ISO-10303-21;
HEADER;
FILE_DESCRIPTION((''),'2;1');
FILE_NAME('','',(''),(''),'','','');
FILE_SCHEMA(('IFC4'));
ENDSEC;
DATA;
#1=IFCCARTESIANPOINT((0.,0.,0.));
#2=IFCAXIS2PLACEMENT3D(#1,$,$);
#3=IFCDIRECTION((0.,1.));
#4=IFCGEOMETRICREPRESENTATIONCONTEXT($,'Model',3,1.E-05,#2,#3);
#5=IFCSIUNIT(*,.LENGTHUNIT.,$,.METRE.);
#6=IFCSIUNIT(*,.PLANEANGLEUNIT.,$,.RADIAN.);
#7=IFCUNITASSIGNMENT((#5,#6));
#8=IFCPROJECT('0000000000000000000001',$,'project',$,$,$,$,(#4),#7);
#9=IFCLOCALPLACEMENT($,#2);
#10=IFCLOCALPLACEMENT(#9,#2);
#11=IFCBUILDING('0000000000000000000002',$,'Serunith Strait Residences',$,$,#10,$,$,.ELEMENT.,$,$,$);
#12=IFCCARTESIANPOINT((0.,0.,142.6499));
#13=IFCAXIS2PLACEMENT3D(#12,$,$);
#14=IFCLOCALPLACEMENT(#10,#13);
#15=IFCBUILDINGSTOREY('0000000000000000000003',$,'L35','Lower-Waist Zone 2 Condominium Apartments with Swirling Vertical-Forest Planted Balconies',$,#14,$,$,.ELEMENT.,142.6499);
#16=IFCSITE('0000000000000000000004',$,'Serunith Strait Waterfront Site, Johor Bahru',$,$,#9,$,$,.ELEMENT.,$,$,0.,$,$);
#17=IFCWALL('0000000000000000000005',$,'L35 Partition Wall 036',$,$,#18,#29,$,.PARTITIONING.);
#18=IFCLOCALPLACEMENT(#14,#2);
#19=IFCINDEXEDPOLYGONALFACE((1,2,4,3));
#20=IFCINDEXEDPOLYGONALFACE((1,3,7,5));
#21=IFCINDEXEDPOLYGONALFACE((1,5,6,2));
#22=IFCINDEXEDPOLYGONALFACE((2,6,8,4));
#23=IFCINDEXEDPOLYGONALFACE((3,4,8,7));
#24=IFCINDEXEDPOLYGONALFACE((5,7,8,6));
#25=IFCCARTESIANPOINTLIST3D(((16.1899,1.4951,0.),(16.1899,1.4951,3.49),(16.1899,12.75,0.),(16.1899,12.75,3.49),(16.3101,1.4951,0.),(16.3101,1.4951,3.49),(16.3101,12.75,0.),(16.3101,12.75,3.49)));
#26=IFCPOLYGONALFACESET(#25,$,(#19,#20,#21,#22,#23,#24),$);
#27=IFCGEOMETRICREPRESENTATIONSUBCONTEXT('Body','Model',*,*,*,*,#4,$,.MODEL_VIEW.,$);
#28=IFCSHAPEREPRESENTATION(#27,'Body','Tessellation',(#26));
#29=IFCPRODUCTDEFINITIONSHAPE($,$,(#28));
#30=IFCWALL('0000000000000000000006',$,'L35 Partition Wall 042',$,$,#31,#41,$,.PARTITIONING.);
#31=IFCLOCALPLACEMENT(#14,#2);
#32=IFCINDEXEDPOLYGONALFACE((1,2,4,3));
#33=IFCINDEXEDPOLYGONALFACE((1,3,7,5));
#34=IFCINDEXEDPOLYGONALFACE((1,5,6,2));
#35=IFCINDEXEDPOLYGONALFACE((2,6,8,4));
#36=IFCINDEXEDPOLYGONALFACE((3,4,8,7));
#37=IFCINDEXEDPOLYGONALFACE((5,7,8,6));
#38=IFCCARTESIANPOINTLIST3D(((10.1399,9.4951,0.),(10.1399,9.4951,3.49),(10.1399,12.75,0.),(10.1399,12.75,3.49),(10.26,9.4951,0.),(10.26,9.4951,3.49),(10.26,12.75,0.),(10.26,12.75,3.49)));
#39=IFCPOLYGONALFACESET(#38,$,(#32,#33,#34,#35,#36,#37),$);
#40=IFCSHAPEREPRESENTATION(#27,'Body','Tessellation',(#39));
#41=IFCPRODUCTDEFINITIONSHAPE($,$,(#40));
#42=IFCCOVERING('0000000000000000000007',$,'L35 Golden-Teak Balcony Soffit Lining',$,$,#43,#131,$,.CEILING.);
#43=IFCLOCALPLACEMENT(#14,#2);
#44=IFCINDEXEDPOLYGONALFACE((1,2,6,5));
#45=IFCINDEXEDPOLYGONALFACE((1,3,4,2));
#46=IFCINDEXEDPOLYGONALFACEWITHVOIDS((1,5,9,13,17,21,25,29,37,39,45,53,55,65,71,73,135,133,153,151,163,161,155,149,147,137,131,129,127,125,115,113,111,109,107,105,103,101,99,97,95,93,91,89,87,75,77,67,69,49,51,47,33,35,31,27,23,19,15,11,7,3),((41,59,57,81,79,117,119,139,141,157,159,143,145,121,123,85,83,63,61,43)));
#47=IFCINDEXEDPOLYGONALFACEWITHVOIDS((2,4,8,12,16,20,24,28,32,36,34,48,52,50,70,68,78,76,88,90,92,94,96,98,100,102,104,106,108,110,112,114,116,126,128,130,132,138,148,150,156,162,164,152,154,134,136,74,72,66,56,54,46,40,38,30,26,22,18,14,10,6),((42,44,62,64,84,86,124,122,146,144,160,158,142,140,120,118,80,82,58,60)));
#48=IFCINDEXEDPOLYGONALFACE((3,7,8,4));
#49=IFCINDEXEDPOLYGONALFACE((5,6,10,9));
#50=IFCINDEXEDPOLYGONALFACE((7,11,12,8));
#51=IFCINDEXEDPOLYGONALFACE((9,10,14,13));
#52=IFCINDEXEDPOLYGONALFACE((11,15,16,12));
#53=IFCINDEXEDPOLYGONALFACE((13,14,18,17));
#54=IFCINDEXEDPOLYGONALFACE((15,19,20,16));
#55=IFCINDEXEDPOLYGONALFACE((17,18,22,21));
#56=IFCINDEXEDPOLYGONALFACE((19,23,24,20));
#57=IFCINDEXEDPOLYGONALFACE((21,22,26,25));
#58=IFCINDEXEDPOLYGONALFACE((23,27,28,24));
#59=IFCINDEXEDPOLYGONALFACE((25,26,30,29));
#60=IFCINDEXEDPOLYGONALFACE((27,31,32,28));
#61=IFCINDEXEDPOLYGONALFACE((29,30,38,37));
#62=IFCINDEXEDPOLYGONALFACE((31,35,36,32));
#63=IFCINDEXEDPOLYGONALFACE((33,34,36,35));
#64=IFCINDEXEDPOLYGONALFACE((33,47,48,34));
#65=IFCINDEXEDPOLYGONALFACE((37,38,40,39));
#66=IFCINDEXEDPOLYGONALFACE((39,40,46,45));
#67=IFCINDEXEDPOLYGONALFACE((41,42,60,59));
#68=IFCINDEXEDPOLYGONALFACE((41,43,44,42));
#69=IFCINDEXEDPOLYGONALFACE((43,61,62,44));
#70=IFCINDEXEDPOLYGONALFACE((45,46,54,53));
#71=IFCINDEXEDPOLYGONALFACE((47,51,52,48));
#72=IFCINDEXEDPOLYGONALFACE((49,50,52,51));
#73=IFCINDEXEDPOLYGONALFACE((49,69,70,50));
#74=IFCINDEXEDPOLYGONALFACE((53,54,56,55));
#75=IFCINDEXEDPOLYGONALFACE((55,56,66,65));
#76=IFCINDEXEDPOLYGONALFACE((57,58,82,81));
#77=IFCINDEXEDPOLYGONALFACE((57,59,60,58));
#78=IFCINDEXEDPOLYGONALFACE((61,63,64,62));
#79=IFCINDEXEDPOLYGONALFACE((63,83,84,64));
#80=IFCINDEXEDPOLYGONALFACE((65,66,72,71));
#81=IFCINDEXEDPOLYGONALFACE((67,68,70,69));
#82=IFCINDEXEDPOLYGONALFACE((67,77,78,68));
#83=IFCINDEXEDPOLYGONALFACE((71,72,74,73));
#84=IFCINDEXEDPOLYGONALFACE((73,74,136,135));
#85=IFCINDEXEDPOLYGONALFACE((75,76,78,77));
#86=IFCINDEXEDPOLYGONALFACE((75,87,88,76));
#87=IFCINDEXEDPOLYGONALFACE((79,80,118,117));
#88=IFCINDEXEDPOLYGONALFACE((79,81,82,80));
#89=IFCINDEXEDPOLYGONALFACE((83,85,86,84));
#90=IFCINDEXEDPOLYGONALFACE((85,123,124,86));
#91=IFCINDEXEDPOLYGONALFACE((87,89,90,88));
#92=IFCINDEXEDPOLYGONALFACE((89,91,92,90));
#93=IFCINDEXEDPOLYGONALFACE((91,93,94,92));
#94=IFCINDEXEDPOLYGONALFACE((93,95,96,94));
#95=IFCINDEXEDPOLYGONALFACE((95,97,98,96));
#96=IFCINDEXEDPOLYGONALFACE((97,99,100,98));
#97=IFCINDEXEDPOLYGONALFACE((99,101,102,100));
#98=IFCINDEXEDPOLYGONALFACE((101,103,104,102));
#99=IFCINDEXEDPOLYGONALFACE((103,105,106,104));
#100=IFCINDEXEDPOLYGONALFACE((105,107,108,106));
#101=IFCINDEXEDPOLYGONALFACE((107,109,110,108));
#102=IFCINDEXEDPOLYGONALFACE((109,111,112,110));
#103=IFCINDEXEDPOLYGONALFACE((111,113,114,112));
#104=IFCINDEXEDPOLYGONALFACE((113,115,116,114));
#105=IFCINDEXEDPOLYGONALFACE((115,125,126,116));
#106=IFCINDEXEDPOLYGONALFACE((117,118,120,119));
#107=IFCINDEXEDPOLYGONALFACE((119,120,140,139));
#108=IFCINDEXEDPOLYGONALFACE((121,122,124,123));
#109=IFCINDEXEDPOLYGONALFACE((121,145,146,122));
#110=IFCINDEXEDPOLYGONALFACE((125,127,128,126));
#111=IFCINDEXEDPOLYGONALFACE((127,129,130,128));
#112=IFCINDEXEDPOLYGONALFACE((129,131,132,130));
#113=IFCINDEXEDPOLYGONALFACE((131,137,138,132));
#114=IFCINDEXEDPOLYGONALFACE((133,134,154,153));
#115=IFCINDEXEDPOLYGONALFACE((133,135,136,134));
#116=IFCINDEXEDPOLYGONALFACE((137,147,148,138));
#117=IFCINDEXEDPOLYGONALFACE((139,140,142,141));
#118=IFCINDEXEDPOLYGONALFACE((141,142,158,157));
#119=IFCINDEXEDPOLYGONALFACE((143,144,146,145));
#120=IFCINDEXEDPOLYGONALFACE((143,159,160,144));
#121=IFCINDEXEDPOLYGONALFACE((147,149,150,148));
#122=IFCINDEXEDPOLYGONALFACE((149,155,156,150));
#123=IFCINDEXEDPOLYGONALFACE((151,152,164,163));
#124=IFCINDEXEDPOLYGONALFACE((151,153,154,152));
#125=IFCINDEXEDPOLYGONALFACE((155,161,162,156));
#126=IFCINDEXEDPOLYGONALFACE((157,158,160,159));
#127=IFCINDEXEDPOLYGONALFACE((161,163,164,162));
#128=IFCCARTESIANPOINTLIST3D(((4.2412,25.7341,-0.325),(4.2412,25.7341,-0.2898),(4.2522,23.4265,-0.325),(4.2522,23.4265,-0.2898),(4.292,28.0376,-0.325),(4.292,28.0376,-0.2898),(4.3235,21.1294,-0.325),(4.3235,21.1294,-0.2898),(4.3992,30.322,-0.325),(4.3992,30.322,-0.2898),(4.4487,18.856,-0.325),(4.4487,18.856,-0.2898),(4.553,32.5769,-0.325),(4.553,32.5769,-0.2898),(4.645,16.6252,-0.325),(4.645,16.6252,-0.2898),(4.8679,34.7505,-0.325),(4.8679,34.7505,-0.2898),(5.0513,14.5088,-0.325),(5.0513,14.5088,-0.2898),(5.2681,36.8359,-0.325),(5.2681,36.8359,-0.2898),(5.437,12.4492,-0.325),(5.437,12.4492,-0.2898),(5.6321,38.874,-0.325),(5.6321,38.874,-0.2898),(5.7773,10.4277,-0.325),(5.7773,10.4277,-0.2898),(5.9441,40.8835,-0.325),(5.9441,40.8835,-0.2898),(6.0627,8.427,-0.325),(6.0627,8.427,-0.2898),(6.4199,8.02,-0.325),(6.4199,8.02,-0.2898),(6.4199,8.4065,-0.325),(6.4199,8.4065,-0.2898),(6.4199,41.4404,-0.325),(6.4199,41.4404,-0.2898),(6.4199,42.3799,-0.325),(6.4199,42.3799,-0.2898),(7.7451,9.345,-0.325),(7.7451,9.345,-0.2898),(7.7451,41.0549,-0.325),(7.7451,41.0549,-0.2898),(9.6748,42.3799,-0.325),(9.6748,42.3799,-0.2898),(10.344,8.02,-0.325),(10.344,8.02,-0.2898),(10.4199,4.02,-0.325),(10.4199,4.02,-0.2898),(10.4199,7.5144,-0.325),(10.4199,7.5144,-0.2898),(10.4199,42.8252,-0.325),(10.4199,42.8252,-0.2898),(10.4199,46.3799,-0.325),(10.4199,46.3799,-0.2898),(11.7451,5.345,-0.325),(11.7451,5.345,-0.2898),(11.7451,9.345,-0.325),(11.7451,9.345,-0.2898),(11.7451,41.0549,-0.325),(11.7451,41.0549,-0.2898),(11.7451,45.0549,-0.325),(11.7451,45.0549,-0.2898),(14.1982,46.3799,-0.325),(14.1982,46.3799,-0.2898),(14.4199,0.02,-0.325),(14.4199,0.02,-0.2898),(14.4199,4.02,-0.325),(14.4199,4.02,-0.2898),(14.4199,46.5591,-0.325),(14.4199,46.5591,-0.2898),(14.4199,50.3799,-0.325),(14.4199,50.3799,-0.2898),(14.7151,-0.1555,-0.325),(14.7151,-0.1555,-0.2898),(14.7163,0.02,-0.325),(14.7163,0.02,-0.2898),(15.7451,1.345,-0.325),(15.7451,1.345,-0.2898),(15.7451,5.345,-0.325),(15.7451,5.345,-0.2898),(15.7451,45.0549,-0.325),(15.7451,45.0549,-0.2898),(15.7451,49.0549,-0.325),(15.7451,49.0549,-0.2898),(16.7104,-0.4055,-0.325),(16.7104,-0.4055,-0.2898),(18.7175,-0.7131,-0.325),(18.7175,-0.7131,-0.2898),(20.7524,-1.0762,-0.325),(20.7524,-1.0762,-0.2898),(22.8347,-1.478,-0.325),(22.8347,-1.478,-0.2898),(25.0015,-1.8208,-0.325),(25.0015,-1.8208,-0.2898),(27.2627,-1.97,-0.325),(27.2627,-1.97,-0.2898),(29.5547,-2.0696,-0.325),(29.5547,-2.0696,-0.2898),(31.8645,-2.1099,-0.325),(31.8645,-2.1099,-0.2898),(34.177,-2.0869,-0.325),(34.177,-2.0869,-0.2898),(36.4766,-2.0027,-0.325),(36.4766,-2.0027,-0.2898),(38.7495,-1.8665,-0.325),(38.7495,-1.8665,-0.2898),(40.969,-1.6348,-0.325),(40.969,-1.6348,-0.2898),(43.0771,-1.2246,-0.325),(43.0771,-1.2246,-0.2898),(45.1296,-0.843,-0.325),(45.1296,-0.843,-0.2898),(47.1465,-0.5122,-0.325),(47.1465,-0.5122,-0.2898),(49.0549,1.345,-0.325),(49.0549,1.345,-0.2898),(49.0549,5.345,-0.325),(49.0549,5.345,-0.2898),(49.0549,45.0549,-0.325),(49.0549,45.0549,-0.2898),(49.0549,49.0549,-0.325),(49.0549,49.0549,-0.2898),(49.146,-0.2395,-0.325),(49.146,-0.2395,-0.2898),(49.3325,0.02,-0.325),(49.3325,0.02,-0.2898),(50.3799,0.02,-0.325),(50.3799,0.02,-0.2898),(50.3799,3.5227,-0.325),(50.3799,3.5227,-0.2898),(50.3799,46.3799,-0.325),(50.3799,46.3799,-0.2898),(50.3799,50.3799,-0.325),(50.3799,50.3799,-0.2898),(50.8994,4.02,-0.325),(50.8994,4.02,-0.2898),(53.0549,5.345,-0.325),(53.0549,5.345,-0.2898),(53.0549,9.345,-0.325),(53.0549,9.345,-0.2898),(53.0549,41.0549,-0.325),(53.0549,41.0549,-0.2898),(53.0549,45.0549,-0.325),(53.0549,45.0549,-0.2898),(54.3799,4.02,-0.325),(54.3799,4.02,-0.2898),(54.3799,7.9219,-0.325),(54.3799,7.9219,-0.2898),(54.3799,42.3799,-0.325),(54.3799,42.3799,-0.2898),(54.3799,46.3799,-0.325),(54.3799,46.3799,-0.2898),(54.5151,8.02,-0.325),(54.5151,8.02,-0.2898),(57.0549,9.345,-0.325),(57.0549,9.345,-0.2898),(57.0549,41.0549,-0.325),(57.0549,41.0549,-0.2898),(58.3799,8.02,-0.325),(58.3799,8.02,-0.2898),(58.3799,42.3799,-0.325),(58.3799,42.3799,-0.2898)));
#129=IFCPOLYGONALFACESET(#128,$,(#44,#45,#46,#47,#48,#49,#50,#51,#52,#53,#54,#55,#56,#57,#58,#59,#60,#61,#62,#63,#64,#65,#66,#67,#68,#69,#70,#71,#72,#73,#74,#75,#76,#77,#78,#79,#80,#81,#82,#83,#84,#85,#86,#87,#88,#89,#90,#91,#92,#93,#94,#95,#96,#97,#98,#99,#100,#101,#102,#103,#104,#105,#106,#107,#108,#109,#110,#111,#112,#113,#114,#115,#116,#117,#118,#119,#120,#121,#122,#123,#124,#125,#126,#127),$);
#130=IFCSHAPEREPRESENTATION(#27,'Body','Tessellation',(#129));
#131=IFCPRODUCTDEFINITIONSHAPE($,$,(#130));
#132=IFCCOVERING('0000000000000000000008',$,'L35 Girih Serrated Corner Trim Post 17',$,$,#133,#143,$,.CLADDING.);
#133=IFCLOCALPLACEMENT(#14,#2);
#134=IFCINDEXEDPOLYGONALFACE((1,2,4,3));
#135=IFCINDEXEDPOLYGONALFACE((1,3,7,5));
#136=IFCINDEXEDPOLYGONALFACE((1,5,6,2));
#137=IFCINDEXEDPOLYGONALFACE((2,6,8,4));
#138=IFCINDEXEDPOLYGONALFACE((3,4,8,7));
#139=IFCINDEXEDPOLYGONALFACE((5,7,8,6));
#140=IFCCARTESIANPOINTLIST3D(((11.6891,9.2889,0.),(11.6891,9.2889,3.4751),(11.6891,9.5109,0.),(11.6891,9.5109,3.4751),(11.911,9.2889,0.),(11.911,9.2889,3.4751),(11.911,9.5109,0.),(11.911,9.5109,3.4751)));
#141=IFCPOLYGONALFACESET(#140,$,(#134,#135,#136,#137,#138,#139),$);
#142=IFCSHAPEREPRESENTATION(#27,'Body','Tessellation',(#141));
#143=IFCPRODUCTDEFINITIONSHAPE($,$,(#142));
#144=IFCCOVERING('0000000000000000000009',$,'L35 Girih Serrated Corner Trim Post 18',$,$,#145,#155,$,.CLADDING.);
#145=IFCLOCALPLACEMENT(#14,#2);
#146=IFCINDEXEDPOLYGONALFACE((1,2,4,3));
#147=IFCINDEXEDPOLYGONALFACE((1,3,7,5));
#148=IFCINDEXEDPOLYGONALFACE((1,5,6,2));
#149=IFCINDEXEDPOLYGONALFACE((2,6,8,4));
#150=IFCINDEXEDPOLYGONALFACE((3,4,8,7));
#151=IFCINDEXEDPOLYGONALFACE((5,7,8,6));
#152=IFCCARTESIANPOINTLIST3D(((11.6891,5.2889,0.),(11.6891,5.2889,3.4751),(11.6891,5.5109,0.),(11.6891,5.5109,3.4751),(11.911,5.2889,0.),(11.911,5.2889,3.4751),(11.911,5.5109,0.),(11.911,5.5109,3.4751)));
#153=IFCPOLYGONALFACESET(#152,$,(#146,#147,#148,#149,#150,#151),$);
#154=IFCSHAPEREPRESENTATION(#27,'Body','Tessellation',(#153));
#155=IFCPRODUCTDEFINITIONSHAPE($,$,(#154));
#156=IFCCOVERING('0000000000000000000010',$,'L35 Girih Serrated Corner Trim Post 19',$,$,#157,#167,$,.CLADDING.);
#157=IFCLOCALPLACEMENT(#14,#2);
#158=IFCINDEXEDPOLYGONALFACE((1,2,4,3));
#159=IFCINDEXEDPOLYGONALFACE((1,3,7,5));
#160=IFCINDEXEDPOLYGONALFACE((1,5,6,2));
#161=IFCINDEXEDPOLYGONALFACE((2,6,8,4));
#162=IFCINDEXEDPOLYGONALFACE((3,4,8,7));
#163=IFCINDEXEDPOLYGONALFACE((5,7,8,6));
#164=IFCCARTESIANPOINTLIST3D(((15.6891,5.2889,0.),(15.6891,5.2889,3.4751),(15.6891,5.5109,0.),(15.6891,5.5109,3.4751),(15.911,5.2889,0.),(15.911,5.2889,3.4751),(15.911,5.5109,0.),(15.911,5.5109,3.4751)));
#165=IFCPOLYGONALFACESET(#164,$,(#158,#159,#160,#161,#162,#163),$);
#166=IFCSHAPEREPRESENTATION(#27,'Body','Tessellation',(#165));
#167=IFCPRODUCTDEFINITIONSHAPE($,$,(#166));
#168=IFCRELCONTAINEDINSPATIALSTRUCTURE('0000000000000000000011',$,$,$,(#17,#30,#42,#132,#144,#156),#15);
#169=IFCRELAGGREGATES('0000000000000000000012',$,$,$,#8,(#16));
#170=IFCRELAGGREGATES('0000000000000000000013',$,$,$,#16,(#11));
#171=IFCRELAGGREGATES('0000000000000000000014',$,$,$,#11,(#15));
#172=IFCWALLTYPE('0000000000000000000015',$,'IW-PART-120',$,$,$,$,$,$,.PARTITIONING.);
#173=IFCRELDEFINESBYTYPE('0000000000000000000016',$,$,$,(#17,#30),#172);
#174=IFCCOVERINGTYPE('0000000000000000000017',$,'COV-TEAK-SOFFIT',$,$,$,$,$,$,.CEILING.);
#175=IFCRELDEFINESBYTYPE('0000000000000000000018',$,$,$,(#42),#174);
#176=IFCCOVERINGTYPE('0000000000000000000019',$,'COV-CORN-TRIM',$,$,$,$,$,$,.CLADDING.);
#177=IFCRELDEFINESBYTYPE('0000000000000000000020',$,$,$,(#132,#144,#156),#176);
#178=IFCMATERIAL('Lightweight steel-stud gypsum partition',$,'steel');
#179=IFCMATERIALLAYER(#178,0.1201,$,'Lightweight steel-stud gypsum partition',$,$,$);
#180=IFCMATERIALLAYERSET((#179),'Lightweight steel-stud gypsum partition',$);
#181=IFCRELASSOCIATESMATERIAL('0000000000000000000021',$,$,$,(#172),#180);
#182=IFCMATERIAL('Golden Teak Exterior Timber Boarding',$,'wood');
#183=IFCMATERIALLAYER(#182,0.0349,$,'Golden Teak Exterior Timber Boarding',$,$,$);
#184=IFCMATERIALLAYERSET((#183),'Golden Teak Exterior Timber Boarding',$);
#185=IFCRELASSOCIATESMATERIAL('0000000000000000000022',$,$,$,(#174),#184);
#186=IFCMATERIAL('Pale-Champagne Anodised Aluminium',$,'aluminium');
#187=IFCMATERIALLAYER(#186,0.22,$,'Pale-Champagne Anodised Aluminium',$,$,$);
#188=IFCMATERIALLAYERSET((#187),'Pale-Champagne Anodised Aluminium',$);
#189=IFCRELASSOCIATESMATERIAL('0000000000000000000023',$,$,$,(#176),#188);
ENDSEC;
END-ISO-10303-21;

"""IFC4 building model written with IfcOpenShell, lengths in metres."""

from ifc_helpers import new_model, si_unit, direction, frame, frame_2d, origin, origin_2d, place, context, subcontext, project, spatial, polyline, rectangle, outline, extrude, source, transform, mapped, material, layer, layer_set, type_object, element, save


model = new_model("IFC4")

# Units and contexts
model_context = context("Model", 3, precision=1e-05, world=origin(), true_north=direction((0.0, 1.0)))
body_context = subcontext(model_context, "Body", "Model", "MODEL_VIEW")
ifc_project = project(units=[si_unit("LENGTHUNIT", "METRE"), si_unit("PLANEANGLEUNIT", "RADIAN")], contexts=[model_context])

# Site, building, storey
site_placement = place(None, origin())
site = spatial("IfcSite", under=ifc_project, at=site_placement, Name="Serunith Strait Waterfront Site, Johor Bahru", CompositionType="ELEMENT", RefElevation=0.0)
building_placement = place(site_placement, origin())
building = spatial("IfcBuilding", under=site, at=building_placement, Name="Serunith Strait Residences", CompositionType="ELEMENT")
storey_placement = place(building_placement, frame((0.0, 0.0, 142.6499)))
storey = spatial("IfcBuildingStorey", under=building, at=storey_placement, Name="L35", Description="Lower-Waist Zone 2 Condominium Apartments with Swirling Vertical-Forest Planted Balconies", CompositionType="ELEMENT", Elevation=142.6499)

# Shared definitions
ifc_material_1 = material(Name="Pale-Champagne Anodised Aluminium", Category="aluminium")

# Walls
ifc_material_2 = material(Name="Lightweight steel-stud gypsum partition", Category="steel")
ifc_layer_1 = layer(ifc_material_2, 0.1201, Name="Lightweight steel-stud gypsum partition")
ifc_layer_set_1 = layer_set([ifc_layer_1], Name="Lightweight steel-stud gypsum partition")
wall_type_1 = type_object("IfcWallType", Name="IW-PART-120", PredefinedType="PARTITIONING", material=ifc_layer_set_1)
wall_1_placement = place(storey_placement, frame((16.25, 1.4951, 0.0), z_axis=(0.0, 0.0, 1.0), x_axis=(0.0, 1.0, 0.0)))
element("IfcWall", 1, at=wall_1_placement, inside=storey, type_object=wall_type_1, Name="L35 Partition Wall 036", PredefinedType="PARTITIONING", context=body_context, shape_type="SweptSolid", body=[
    extrude(rectangle(XDim=11.2549, YDim=0.1201, at=frame_2d((5.6274, 0.0))), origin(), (0.0, 0.0, 1.0), 3.49),
])
wall_2_placement = place(storey_placement, frame((10.2, 9.4951, 0.0), z_axis=(0.0, 0.0, 1.0), x_axis=(0.0, 1.0, 0.0)))
element("IfcWall", 2, at=wall_2_placement, inside=storey, type_object=wall_type_1, Name="L35 Partition Wall 042", PredefinedType="PARTITIONING", context=body_context, shape_type="SweptSolid", body=[
    extrude(rectangle(XDim=3.2549, YDim=0.1201, at=frame_2d((1.6274, 0.0))), origin(), (0.0, 0.0, 1.0), 3.49),
])

# Covering
ifc_material_3 = material(Name="Golden Teak Exterior Timber Boarding", Category="wood")
ifc_layer_2 = layer(ifc_material_3, 0.0349, Name="Golden Teak Exterior Timber Boarding")
ifc_layer_set_2 = layer_set([ifc_layer_2], Name="Golden Teak Exterior Timber Boarding")
covering_type_1 = type_object("IfcCoveringType", Name="COV-TEAK-SOFFIT", PredefinedType="CEILING", material=ifc_layer_set_2)
covering_placement = place(storey_placement, frame((0.0, 0.0, -0.325)))
element("IfcCovering", 3, at=covering_placement, inside=storey, type_object=covering_type_1, Name="L35 Golden-Teak Balcony Soffit Lining", PredefinedType="CEILING", context=body_context, shape_type="SweptSolid", body=[
    extrude(outline(polyline([(14.4199, 0.02), (14.4199, 4.02), (10.4199, 4.02), (10.4199, 7.5144), (10.344, 8.02), (6.4199, 8.02), (6.4199, 8.4065), (6.0627, 8.427), (5.7773, 10.4277), (5.437, 12.4492), (5.0513, 14.5088), (4.645, 16.6252), (4.4487, 18.856), (4.3235, 21.1294), (4.2522, 23.4265), (4.2412, 25.7341), (4.292, 28.0376), (4.3992, 30.322), (4.553, 32.5769), (4.8679, 34.7505), (5.2681, 36.8359), (5.6321, 38.874), (5.9441, 40.8835), (6.4199, 41.4404), (6.4199, 42.3799), (9.6748, 42.3799), (10.4199, 42.8252), (10.4199, 46.3799), (14.1982, 46.3799), (14.4199, 46.5591), (14.4199, 50.3799), (50.3799, 50.3799), (50.3799, 46.3799), (54.3799, 46.3799), (54.3799, 42.3799), (58.3799, 42.3799), (58.3799, 8.02), (54.5151, 8.02), (54.3799, 7.9219), (54.3799, 4.02), (50.8994, 4.02), (50.3799, 3.5227), (50.3799, 0.02), (49.3325, 0.02), (49.146, -0.2395), (47.1465, -0.5122), (45.1296, -0.843), (43.0771, -1.2246), (40.969, -1.6348), (38.7495, -1.8665), (36.4766, -2.0027), (34.177, -2.0869), (31.8645, -2.1099), (29.5547, -2.0696), (27.2627, -1.97), (25.0015, -1.8208), (22.8347, -1.478), (20.7524, -1.0762), (18.7175, -0.7131), (16.7104, -0.4055), (14.7151, -0.1555), (14.7163, 0.02), (14.4199, 0.02)]), holes=[polyline([(49.0549, 1.345), (49.0549, 5.345), (53.0549, 5.345), (53.0549, 9.345), (57.0549, 9.345), (57.0549, 41.0549), (53.0549, 41.0549), (53.0549, 45.0549), (49.0549, 45.0549), (49.0549, 49.0549), (15.7451, 49.0549), (15.7451, 45.0549), (11.7451, 45.0549), (11.7451, 41.0549), (7.7451, 41.0549), (7.7451, 9.345), (11.7451, 9.345), (11.7451, 5.345), (15.7451, 5.345), (15.7451, 1.345), (49.0549, 1.345)])]), origin(), (0.0, 0.0, 1.0), 0.0352),
])

# Coverings
ifc_layer_3 = layer(ifc_material_1, 0.22, Name="Pale-Champagne Anodised Aluminium")
ifc_layer_set_3 = layer_set([ifc_layer_3], Name="Pale-Champagne Anodised Aluminium")
covering_type_2 = type_object("IfcCoveringType", Name="COV-CORN-TRIM", PredefinedType="CLADDING", material=ifc_layer_set_3)
shared_shape_1 = source(origin(), body_context, "Body", "SweptSolid", [
    extrude(rectangle(XDim=0.2219, YDim=0.2219, at=origin_2d()), origin(), (0.0, 0.0, 1.0), 3.4751),
])
for number, where, z_axis, x_axis, name in (
    (4, (11.8, 9.3999, 0.0), (0.0, 0.0, 1.0), (1.0, 0.0, 0.0), "L35 Girih Serrated Corner Trim Post 17"),
    (5, (11.8, 5.3999, 0.0), (0.0, 0.0, 1.0), (1.0, 0.0, 0.0), "L35 Girih Serrated Corner Trim Post 18"),
    (6, (15.8, 5.3999, 0.0), (0.0, 0.0, 1.0), (1.0, 0.0, 0.0), "L35 Girih Serrated Corner Trim Post 19"),
):
    element("IfcCovering", number, at=place(storey_placement, frame(where, z_axis=z_axis, x_axis=x_axis)), inside=storey, type_object=covering_type_2, Name=name, PredefinedType="CLADDING", context=body_context, shape_type="MappedRepresentation", body=[
        mapped(shared_shape_1, transform((0.0, 0.0, 0.0), scale=1.0)),
    ])

save(model, "model.ifc")
